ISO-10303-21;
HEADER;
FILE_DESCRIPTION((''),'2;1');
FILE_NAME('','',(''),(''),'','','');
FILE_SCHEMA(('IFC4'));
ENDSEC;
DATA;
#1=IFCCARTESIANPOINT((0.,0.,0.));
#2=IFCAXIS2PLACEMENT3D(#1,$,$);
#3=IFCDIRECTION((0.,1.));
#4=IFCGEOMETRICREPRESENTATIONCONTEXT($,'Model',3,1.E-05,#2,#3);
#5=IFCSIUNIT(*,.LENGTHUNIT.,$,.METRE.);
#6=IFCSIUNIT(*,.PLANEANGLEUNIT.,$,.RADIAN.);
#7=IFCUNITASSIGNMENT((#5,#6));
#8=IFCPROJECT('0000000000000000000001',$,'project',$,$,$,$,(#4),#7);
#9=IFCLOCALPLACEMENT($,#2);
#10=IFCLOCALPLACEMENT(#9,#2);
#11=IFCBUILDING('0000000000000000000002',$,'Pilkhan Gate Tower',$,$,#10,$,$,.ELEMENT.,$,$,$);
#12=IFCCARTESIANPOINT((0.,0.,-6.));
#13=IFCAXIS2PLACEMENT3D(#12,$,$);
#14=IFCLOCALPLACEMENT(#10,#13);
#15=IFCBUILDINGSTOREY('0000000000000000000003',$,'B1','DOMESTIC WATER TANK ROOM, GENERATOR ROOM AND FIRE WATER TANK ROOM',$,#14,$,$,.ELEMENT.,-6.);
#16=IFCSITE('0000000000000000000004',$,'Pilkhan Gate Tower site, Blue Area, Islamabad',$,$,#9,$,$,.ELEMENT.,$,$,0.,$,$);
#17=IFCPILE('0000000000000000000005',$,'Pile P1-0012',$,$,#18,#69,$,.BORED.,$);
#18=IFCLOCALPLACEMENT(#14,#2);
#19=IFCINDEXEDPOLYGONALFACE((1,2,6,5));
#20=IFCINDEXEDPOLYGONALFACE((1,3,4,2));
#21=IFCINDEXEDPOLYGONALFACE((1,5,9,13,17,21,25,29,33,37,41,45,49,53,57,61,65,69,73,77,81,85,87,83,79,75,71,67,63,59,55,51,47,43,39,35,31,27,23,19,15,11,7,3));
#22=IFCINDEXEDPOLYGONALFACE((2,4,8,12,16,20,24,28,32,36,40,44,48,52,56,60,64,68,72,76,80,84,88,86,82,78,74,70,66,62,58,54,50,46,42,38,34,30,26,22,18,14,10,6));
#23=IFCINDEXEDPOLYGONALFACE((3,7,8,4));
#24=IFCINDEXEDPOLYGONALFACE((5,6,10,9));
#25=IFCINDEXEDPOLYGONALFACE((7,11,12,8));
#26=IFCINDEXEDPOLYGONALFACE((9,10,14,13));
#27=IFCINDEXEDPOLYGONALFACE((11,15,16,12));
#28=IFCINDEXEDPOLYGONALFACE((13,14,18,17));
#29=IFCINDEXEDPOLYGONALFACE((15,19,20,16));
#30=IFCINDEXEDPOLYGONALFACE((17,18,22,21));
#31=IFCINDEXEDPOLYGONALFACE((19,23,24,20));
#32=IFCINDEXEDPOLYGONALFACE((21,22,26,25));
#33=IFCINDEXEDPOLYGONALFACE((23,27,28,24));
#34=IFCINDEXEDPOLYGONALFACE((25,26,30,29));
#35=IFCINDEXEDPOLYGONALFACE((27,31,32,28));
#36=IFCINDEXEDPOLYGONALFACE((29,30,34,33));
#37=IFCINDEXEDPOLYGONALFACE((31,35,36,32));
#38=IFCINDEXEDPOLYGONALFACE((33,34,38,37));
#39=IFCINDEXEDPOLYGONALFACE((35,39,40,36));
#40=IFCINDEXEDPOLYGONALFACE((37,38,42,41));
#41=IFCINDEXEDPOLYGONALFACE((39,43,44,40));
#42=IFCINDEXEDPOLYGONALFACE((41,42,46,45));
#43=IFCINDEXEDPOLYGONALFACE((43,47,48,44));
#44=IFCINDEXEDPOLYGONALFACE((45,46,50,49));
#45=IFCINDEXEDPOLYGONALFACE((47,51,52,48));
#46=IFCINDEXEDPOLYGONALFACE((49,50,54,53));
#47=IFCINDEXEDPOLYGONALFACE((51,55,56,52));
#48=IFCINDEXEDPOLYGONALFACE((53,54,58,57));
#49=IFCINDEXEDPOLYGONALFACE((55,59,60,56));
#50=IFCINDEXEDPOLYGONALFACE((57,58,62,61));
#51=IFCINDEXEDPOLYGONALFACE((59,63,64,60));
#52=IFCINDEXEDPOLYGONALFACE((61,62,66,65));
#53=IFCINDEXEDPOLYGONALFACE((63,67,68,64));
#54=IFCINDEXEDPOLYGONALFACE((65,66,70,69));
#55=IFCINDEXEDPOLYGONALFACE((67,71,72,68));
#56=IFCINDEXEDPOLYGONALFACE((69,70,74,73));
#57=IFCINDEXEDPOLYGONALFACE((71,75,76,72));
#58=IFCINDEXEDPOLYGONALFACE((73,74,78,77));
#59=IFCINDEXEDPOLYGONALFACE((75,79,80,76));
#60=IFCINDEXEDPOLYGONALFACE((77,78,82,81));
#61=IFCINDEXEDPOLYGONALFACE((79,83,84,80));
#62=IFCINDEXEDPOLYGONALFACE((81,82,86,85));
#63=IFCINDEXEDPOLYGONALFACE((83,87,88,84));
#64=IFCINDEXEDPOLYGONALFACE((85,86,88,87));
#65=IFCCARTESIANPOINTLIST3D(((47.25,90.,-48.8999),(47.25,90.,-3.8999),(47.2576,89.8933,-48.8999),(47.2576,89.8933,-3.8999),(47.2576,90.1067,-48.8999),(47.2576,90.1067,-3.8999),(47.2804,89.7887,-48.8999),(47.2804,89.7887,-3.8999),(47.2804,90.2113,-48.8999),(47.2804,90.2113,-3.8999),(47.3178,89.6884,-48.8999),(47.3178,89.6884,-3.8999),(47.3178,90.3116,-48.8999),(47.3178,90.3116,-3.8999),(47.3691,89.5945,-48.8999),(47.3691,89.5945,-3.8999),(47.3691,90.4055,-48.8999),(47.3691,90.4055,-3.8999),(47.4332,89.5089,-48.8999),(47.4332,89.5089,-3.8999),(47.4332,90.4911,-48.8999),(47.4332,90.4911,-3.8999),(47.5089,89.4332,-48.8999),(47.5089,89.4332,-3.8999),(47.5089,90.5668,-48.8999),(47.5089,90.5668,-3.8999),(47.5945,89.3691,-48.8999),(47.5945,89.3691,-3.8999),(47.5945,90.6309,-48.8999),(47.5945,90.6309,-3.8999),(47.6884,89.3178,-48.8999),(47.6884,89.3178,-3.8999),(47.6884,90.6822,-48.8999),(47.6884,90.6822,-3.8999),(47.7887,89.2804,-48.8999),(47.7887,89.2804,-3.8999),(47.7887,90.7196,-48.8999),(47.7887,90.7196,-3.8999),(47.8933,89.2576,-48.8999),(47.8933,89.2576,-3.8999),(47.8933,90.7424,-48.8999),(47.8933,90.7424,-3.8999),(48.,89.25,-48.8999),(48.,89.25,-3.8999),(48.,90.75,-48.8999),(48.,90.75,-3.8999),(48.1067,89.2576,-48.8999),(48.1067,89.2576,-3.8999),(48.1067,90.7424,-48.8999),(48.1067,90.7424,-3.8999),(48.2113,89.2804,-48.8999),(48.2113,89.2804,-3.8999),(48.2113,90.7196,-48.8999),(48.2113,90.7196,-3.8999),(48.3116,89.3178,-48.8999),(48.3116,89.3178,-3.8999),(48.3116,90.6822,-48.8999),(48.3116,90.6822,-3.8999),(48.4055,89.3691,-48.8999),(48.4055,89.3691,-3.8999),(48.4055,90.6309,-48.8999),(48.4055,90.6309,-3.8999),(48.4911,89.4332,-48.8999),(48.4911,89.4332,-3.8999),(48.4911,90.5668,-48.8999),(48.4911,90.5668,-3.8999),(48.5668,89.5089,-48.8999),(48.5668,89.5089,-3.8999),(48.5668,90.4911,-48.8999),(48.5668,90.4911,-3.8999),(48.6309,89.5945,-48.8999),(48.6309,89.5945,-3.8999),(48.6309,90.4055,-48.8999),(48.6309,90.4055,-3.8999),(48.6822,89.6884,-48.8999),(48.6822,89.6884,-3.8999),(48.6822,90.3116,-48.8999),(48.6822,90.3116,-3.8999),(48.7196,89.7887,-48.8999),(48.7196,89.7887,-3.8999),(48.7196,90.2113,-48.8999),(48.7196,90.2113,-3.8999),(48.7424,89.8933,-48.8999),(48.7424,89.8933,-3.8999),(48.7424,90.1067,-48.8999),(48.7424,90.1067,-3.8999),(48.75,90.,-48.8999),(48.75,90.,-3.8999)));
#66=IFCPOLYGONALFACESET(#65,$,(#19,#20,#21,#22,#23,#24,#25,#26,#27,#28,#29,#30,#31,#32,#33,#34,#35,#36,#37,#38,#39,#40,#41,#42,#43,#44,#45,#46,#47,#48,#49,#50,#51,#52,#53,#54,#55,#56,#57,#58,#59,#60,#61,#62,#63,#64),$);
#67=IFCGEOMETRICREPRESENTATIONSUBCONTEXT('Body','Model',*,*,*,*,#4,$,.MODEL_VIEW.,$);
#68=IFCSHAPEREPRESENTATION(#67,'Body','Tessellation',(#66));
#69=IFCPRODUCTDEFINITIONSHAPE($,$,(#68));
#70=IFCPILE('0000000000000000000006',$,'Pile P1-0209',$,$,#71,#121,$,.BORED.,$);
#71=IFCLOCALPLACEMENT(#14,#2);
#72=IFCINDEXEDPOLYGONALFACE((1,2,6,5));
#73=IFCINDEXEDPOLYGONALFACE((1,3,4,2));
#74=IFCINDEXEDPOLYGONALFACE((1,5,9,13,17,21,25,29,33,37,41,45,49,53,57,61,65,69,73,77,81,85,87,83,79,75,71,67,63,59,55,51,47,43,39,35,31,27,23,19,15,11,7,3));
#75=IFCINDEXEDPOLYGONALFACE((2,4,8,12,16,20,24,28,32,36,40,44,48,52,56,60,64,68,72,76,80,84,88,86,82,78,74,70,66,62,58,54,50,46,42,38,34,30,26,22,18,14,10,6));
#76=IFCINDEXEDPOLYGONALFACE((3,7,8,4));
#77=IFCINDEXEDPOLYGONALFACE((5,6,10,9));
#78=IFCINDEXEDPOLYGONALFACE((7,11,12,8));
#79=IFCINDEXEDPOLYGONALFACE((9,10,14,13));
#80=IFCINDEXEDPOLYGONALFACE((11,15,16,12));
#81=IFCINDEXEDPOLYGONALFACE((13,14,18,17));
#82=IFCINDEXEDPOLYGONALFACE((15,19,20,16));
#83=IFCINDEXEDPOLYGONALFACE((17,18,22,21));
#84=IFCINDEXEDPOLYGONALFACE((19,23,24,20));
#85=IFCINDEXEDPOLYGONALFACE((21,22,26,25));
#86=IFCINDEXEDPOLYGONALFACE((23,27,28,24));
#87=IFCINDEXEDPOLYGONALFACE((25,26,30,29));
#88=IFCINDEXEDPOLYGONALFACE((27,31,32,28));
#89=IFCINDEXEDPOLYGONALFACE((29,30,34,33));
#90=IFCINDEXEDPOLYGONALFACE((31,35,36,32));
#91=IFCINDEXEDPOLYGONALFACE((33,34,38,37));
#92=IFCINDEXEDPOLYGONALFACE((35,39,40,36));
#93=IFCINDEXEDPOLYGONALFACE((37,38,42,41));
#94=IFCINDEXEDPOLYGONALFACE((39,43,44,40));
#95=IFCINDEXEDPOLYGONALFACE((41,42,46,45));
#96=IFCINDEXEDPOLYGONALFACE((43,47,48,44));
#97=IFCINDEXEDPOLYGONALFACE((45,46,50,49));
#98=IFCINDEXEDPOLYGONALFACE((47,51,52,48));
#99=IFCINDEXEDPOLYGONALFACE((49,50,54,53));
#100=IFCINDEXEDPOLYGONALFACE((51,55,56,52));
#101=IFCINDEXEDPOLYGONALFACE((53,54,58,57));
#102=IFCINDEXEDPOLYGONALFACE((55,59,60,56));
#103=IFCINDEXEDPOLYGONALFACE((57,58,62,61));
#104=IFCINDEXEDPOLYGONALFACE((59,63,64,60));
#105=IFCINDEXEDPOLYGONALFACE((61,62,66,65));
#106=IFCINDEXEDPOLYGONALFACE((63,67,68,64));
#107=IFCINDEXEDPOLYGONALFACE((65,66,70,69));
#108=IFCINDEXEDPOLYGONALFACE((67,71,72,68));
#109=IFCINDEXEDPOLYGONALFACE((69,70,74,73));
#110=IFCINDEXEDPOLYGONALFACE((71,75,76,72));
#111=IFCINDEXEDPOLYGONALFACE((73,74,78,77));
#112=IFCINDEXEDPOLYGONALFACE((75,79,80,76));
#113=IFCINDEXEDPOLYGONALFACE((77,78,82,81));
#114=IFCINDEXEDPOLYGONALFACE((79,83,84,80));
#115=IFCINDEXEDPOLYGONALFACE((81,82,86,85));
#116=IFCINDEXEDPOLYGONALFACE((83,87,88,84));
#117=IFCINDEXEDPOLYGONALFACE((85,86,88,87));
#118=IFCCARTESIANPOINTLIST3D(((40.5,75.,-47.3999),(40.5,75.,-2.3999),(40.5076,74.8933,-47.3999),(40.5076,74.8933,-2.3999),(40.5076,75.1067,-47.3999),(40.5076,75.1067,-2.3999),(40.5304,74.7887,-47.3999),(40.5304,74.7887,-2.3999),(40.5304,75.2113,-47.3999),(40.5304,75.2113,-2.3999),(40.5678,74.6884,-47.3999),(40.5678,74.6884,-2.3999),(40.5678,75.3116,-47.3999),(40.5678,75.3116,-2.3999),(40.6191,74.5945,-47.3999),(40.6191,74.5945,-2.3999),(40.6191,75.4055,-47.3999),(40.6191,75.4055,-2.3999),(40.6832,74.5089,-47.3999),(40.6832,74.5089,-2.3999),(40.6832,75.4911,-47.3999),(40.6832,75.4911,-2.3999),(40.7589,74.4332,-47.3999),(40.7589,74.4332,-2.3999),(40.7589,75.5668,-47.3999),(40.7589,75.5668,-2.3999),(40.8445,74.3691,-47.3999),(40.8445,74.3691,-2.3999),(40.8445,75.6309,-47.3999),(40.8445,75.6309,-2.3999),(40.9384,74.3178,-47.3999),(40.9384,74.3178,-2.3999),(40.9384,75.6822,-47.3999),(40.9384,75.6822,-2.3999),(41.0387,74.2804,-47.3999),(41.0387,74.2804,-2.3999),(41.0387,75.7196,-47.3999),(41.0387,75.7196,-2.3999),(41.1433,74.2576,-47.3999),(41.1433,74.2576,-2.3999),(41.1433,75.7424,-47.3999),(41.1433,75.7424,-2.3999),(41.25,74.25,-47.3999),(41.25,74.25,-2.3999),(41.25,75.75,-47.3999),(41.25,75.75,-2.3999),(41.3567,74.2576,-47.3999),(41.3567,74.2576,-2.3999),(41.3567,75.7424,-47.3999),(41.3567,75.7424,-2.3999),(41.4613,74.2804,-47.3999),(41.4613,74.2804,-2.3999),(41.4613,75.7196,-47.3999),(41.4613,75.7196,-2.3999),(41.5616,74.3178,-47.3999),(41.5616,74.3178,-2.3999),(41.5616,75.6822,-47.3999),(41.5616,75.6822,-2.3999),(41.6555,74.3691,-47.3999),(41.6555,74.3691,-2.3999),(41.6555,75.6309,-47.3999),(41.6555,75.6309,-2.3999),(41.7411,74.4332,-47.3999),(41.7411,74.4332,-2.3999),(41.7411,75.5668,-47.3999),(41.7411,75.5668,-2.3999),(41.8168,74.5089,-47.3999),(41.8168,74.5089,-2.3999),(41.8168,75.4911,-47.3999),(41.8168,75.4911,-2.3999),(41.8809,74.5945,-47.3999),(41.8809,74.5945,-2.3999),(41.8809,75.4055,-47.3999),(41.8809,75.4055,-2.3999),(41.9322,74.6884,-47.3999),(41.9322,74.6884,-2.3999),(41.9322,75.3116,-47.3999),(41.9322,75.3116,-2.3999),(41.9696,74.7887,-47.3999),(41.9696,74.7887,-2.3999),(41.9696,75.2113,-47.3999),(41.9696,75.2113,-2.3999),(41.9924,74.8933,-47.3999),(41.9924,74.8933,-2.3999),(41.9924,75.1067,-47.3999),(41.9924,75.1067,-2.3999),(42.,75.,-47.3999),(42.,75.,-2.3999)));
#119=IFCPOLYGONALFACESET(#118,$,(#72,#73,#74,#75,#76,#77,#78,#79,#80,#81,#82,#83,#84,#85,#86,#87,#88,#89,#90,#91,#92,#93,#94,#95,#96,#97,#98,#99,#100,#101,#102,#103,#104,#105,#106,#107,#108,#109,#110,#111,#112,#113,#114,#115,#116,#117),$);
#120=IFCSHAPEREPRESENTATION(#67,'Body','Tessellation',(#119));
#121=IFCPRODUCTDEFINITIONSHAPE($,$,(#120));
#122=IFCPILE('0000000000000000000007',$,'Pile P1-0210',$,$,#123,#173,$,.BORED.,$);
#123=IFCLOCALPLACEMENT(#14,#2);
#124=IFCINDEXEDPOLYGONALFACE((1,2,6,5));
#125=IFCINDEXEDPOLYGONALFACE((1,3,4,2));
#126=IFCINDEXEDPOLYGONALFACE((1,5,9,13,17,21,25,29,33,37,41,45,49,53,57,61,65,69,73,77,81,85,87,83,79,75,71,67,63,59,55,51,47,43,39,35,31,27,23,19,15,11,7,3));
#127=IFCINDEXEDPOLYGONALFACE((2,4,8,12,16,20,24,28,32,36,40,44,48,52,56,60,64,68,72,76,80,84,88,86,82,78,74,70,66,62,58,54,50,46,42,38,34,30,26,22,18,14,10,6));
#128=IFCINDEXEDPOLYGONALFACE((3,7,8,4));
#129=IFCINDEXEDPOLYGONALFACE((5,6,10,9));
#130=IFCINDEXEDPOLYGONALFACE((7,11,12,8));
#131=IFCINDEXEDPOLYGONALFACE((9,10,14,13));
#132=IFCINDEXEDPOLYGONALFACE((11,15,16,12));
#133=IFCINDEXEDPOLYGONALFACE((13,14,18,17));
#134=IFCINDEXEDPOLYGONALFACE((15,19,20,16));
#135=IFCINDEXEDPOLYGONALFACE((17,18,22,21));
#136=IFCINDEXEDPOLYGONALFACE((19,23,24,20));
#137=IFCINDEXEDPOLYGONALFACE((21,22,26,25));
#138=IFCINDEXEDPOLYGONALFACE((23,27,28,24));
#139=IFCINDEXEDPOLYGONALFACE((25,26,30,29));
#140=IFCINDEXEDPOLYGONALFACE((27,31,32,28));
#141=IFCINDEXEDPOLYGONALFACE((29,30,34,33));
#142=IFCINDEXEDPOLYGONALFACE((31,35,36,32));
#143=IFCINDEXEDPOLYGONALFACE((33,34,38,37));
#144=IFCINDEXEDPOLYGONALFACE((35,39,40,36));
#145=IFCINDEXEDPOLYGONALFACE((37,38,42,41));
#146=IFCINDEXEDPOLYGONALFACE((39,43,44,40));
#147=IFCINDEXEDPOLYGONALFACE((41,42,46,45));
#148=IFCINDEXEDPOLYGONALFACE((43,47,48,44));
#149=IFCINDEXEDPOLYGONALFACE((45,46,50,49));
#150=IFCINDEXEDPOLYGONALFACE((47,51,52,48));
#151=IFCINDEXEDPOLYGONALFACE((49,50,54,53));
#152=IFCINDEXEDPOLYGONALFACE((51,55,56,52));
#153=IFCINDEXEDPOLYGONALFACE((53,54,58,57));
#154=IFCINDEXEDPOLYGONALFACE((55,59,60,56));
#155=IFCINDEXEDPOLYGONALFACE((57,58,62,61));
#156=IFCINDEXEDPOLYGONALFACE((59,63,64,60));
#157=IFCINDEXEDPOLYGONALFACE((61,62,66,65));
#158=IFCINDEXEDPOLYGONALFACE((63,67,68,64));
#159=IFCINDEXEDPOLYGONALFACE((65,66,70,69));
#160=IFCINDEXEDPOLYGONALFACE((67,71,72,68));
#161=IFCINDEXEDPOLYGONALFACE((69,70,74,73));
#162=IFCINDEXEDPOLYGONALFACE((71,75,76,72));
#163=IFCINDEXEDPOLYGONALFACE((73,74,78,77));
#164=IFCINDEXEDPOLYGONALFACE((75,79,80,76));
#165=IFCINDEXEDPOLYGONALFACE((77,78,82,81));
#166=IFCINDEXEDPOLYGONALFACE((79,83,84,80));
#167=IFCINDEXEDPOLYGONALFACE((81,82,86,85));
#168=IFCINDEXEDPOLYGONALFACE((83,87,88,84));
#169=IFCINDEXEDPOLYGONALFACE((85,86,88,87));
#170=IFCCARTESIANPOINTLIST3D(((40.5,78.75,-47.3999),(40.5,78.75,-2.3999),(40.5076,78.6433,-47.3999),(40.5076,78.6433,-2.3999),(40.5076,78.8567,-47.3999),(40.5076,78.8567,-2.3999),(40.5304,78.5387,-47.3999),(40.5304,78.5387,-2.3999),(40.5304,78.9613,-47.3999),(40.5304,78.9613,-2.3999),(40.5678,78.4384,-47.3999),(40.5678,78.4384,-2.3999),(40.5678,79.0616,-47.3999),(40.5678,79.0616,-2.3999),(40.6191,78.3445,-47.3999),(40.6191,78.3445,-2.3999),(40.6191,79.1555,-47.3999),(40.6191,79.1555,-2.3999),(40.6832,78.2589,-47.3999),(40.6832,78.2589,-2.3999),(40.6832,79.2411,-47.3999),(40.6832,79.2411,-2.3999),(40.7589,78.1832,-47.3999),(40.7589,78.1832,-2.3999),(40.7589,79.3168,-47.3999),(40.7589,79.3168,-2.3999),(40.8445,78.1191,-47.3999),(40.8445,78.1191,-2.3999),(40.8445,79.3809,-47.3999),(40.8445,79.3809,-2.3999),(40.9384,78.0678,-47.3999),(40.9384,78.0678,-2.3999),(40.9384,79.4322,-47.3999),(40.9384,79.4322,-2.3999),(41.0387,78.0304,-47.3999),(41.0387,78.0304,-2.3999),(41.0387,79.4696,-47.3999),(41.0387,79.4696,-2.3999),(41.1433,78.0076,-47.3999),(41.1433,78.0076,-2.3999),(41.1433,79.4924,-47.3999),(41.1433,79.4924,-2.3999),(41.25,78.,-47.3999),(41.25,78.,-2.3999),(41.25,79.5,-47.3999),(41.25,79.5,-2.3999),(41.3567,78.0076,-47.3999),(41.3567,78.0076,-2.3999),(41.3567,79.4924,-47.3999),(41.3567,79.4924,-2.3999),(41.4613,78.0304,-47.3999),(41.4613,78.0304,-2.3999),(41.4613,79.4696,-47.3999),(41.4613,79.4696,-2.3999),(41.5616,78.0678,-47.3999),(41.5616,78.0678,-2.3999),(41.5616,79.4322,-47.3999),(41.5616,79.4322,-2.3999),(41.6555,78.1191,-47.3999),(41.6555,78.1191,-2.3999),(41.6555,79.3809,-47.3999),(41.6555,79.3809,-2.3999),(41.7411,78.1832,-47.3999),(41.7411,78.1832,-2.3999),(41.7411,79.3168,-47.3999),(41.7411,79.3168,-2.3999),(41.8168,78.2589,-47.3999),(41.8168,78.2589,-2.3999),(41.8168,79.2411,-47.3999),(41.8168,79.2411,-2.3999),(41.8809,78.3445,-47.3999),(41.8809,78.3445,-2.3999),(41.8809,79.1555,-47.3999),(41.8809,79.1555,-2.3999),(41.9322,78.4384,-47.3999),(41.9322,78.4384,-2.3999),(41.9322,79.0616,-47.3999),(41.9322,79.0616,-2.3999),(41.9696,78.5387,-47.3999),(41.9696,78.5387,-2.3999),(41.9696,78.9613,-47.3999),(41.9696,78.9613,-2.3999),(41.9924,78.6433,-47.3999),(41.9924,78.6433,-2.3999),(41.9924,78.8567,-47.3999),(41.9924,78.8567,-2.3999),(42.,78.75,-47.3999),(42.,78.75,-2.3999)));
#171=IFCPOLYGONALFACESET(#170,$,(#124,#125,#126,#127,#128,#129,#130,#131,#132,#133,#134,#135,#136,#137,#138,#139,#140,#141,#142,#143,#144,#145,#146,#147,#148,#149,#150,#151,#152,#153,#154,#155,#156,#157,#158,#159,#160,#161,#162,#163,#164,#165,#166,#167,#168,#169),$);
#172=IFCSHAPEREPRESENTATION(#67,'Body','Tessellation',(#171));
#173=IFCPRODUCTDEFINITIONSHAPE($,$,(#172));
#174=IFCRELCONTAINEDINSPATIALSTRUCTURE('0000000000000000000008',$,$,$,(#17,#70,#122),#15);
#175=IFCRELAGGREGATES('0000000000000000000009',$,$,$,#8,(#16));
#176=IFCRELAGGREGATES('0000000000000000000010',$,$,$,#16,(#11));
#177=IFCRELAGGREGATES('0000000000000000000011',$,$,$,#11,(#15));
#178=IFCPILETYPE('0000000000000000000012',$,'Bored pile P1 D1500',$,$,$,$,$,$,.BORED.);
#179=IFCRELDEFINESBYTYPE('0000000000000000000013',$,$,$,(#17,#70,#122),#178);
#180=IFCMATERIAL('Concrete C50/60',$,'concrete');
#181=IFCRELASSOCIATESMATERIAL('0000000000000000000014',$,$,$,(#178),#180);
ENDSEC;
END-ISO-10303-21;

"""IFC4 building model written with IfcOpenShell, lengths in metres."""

from ifc_helpers import new_model, si_unit, direction, frame, origin, origin_2d, place, context, subcontext, project, spatial, circle, extrude, material, material_profile, profile_set, type_object, element, save


model = new_model("IFC4")

# Units and contexts
model_context = context("Model", 3, precision=1e-05, world=origin(), true_north=direction((0.0, 1.0)))
body_context = subcontext(model_context, "Body", "Model", "MODEL_VIEW")
ifc_project = project(units=[si_unit("LENGTHUNIT", "METRE"), si_unit("PLANEANGLEUNIT", "RADIAN")], contexts=[model_context])

# Site, building, storey
site_placement = place(None, origin())
site = spatial("IfcSite", under=ifc_project, at=site_placement, Name="Pilkhan Gate Tower site, Blue Area, Islamabad", CompositionType="ELEMENT", RefElevation=0.0)
building_placement = place(site_placement, origin())
building = spatial("IfcBuilding", under=site, at=building_placement, Name="Pilkhan Gate Tower", CompositionType="ELEMENT")
storey_placement = place(building_placement, frame((0.0, 0.0, -6.0)))
storey = spatial("IfcBuildingStorey", under=building, at=storey_placement, Name="B1", Description="DOMESTIC WATER TANK ROOM, GENERATOR ROOM AND FIRE WATER TANK ROOM", CompositionType="ELEMENT", Elevation=-6.0)

# Piles
ifc_material_1 = material(Name="Concrete C50/60", Category="concrete")
ifc_material_profile_1 = material_profile(ifc_material_1, circle(Radius=0.75, at=origin_2d()), Name="Bored pile 1500 dia")
ifc_profile_set_1 = profile_set([ifc_material_profile_1], Name="Concrete C50/60")
pile_type = type_object("IfcPileType", Name="Bored pile P1 D1500", PredefinedType="BORED", material=ifc_profile_set_1)
for number, where, z_axis, x_axis, name in (
    (1, (48.0, 90.0, -3.8999), (0.0, 0.0, -1.0), (1.0, 0.0, 0.0), "Pile P1-0012"),
    (2, (41.25, 75.0, -2.3999), (0.0, 0.0, -1.0), (1.0, 0.0, 0.0), "Pile P1-0209"),
    (3, (41.25, 78.75, -2.3999), (0.0, 0.0, -1.0), (1.0, 0.0, 0.0), "Pile P1-0210"),
):
    element("IfcPile", number, at=place(storey_placement, frame(where, z_axis=z_axis, x_axis=x_axis)), inside=storey, type_object=pile_type, Name=name, PredefinedType="BORED", context=body_context, shape_type="SweptSolid", body=[
        extrude(circle(Radius=0.75, at=origin_2d()), origin(), (0.0, 0.0, 1.0), 45.0),
    ])

save(model, "model.ifc")
